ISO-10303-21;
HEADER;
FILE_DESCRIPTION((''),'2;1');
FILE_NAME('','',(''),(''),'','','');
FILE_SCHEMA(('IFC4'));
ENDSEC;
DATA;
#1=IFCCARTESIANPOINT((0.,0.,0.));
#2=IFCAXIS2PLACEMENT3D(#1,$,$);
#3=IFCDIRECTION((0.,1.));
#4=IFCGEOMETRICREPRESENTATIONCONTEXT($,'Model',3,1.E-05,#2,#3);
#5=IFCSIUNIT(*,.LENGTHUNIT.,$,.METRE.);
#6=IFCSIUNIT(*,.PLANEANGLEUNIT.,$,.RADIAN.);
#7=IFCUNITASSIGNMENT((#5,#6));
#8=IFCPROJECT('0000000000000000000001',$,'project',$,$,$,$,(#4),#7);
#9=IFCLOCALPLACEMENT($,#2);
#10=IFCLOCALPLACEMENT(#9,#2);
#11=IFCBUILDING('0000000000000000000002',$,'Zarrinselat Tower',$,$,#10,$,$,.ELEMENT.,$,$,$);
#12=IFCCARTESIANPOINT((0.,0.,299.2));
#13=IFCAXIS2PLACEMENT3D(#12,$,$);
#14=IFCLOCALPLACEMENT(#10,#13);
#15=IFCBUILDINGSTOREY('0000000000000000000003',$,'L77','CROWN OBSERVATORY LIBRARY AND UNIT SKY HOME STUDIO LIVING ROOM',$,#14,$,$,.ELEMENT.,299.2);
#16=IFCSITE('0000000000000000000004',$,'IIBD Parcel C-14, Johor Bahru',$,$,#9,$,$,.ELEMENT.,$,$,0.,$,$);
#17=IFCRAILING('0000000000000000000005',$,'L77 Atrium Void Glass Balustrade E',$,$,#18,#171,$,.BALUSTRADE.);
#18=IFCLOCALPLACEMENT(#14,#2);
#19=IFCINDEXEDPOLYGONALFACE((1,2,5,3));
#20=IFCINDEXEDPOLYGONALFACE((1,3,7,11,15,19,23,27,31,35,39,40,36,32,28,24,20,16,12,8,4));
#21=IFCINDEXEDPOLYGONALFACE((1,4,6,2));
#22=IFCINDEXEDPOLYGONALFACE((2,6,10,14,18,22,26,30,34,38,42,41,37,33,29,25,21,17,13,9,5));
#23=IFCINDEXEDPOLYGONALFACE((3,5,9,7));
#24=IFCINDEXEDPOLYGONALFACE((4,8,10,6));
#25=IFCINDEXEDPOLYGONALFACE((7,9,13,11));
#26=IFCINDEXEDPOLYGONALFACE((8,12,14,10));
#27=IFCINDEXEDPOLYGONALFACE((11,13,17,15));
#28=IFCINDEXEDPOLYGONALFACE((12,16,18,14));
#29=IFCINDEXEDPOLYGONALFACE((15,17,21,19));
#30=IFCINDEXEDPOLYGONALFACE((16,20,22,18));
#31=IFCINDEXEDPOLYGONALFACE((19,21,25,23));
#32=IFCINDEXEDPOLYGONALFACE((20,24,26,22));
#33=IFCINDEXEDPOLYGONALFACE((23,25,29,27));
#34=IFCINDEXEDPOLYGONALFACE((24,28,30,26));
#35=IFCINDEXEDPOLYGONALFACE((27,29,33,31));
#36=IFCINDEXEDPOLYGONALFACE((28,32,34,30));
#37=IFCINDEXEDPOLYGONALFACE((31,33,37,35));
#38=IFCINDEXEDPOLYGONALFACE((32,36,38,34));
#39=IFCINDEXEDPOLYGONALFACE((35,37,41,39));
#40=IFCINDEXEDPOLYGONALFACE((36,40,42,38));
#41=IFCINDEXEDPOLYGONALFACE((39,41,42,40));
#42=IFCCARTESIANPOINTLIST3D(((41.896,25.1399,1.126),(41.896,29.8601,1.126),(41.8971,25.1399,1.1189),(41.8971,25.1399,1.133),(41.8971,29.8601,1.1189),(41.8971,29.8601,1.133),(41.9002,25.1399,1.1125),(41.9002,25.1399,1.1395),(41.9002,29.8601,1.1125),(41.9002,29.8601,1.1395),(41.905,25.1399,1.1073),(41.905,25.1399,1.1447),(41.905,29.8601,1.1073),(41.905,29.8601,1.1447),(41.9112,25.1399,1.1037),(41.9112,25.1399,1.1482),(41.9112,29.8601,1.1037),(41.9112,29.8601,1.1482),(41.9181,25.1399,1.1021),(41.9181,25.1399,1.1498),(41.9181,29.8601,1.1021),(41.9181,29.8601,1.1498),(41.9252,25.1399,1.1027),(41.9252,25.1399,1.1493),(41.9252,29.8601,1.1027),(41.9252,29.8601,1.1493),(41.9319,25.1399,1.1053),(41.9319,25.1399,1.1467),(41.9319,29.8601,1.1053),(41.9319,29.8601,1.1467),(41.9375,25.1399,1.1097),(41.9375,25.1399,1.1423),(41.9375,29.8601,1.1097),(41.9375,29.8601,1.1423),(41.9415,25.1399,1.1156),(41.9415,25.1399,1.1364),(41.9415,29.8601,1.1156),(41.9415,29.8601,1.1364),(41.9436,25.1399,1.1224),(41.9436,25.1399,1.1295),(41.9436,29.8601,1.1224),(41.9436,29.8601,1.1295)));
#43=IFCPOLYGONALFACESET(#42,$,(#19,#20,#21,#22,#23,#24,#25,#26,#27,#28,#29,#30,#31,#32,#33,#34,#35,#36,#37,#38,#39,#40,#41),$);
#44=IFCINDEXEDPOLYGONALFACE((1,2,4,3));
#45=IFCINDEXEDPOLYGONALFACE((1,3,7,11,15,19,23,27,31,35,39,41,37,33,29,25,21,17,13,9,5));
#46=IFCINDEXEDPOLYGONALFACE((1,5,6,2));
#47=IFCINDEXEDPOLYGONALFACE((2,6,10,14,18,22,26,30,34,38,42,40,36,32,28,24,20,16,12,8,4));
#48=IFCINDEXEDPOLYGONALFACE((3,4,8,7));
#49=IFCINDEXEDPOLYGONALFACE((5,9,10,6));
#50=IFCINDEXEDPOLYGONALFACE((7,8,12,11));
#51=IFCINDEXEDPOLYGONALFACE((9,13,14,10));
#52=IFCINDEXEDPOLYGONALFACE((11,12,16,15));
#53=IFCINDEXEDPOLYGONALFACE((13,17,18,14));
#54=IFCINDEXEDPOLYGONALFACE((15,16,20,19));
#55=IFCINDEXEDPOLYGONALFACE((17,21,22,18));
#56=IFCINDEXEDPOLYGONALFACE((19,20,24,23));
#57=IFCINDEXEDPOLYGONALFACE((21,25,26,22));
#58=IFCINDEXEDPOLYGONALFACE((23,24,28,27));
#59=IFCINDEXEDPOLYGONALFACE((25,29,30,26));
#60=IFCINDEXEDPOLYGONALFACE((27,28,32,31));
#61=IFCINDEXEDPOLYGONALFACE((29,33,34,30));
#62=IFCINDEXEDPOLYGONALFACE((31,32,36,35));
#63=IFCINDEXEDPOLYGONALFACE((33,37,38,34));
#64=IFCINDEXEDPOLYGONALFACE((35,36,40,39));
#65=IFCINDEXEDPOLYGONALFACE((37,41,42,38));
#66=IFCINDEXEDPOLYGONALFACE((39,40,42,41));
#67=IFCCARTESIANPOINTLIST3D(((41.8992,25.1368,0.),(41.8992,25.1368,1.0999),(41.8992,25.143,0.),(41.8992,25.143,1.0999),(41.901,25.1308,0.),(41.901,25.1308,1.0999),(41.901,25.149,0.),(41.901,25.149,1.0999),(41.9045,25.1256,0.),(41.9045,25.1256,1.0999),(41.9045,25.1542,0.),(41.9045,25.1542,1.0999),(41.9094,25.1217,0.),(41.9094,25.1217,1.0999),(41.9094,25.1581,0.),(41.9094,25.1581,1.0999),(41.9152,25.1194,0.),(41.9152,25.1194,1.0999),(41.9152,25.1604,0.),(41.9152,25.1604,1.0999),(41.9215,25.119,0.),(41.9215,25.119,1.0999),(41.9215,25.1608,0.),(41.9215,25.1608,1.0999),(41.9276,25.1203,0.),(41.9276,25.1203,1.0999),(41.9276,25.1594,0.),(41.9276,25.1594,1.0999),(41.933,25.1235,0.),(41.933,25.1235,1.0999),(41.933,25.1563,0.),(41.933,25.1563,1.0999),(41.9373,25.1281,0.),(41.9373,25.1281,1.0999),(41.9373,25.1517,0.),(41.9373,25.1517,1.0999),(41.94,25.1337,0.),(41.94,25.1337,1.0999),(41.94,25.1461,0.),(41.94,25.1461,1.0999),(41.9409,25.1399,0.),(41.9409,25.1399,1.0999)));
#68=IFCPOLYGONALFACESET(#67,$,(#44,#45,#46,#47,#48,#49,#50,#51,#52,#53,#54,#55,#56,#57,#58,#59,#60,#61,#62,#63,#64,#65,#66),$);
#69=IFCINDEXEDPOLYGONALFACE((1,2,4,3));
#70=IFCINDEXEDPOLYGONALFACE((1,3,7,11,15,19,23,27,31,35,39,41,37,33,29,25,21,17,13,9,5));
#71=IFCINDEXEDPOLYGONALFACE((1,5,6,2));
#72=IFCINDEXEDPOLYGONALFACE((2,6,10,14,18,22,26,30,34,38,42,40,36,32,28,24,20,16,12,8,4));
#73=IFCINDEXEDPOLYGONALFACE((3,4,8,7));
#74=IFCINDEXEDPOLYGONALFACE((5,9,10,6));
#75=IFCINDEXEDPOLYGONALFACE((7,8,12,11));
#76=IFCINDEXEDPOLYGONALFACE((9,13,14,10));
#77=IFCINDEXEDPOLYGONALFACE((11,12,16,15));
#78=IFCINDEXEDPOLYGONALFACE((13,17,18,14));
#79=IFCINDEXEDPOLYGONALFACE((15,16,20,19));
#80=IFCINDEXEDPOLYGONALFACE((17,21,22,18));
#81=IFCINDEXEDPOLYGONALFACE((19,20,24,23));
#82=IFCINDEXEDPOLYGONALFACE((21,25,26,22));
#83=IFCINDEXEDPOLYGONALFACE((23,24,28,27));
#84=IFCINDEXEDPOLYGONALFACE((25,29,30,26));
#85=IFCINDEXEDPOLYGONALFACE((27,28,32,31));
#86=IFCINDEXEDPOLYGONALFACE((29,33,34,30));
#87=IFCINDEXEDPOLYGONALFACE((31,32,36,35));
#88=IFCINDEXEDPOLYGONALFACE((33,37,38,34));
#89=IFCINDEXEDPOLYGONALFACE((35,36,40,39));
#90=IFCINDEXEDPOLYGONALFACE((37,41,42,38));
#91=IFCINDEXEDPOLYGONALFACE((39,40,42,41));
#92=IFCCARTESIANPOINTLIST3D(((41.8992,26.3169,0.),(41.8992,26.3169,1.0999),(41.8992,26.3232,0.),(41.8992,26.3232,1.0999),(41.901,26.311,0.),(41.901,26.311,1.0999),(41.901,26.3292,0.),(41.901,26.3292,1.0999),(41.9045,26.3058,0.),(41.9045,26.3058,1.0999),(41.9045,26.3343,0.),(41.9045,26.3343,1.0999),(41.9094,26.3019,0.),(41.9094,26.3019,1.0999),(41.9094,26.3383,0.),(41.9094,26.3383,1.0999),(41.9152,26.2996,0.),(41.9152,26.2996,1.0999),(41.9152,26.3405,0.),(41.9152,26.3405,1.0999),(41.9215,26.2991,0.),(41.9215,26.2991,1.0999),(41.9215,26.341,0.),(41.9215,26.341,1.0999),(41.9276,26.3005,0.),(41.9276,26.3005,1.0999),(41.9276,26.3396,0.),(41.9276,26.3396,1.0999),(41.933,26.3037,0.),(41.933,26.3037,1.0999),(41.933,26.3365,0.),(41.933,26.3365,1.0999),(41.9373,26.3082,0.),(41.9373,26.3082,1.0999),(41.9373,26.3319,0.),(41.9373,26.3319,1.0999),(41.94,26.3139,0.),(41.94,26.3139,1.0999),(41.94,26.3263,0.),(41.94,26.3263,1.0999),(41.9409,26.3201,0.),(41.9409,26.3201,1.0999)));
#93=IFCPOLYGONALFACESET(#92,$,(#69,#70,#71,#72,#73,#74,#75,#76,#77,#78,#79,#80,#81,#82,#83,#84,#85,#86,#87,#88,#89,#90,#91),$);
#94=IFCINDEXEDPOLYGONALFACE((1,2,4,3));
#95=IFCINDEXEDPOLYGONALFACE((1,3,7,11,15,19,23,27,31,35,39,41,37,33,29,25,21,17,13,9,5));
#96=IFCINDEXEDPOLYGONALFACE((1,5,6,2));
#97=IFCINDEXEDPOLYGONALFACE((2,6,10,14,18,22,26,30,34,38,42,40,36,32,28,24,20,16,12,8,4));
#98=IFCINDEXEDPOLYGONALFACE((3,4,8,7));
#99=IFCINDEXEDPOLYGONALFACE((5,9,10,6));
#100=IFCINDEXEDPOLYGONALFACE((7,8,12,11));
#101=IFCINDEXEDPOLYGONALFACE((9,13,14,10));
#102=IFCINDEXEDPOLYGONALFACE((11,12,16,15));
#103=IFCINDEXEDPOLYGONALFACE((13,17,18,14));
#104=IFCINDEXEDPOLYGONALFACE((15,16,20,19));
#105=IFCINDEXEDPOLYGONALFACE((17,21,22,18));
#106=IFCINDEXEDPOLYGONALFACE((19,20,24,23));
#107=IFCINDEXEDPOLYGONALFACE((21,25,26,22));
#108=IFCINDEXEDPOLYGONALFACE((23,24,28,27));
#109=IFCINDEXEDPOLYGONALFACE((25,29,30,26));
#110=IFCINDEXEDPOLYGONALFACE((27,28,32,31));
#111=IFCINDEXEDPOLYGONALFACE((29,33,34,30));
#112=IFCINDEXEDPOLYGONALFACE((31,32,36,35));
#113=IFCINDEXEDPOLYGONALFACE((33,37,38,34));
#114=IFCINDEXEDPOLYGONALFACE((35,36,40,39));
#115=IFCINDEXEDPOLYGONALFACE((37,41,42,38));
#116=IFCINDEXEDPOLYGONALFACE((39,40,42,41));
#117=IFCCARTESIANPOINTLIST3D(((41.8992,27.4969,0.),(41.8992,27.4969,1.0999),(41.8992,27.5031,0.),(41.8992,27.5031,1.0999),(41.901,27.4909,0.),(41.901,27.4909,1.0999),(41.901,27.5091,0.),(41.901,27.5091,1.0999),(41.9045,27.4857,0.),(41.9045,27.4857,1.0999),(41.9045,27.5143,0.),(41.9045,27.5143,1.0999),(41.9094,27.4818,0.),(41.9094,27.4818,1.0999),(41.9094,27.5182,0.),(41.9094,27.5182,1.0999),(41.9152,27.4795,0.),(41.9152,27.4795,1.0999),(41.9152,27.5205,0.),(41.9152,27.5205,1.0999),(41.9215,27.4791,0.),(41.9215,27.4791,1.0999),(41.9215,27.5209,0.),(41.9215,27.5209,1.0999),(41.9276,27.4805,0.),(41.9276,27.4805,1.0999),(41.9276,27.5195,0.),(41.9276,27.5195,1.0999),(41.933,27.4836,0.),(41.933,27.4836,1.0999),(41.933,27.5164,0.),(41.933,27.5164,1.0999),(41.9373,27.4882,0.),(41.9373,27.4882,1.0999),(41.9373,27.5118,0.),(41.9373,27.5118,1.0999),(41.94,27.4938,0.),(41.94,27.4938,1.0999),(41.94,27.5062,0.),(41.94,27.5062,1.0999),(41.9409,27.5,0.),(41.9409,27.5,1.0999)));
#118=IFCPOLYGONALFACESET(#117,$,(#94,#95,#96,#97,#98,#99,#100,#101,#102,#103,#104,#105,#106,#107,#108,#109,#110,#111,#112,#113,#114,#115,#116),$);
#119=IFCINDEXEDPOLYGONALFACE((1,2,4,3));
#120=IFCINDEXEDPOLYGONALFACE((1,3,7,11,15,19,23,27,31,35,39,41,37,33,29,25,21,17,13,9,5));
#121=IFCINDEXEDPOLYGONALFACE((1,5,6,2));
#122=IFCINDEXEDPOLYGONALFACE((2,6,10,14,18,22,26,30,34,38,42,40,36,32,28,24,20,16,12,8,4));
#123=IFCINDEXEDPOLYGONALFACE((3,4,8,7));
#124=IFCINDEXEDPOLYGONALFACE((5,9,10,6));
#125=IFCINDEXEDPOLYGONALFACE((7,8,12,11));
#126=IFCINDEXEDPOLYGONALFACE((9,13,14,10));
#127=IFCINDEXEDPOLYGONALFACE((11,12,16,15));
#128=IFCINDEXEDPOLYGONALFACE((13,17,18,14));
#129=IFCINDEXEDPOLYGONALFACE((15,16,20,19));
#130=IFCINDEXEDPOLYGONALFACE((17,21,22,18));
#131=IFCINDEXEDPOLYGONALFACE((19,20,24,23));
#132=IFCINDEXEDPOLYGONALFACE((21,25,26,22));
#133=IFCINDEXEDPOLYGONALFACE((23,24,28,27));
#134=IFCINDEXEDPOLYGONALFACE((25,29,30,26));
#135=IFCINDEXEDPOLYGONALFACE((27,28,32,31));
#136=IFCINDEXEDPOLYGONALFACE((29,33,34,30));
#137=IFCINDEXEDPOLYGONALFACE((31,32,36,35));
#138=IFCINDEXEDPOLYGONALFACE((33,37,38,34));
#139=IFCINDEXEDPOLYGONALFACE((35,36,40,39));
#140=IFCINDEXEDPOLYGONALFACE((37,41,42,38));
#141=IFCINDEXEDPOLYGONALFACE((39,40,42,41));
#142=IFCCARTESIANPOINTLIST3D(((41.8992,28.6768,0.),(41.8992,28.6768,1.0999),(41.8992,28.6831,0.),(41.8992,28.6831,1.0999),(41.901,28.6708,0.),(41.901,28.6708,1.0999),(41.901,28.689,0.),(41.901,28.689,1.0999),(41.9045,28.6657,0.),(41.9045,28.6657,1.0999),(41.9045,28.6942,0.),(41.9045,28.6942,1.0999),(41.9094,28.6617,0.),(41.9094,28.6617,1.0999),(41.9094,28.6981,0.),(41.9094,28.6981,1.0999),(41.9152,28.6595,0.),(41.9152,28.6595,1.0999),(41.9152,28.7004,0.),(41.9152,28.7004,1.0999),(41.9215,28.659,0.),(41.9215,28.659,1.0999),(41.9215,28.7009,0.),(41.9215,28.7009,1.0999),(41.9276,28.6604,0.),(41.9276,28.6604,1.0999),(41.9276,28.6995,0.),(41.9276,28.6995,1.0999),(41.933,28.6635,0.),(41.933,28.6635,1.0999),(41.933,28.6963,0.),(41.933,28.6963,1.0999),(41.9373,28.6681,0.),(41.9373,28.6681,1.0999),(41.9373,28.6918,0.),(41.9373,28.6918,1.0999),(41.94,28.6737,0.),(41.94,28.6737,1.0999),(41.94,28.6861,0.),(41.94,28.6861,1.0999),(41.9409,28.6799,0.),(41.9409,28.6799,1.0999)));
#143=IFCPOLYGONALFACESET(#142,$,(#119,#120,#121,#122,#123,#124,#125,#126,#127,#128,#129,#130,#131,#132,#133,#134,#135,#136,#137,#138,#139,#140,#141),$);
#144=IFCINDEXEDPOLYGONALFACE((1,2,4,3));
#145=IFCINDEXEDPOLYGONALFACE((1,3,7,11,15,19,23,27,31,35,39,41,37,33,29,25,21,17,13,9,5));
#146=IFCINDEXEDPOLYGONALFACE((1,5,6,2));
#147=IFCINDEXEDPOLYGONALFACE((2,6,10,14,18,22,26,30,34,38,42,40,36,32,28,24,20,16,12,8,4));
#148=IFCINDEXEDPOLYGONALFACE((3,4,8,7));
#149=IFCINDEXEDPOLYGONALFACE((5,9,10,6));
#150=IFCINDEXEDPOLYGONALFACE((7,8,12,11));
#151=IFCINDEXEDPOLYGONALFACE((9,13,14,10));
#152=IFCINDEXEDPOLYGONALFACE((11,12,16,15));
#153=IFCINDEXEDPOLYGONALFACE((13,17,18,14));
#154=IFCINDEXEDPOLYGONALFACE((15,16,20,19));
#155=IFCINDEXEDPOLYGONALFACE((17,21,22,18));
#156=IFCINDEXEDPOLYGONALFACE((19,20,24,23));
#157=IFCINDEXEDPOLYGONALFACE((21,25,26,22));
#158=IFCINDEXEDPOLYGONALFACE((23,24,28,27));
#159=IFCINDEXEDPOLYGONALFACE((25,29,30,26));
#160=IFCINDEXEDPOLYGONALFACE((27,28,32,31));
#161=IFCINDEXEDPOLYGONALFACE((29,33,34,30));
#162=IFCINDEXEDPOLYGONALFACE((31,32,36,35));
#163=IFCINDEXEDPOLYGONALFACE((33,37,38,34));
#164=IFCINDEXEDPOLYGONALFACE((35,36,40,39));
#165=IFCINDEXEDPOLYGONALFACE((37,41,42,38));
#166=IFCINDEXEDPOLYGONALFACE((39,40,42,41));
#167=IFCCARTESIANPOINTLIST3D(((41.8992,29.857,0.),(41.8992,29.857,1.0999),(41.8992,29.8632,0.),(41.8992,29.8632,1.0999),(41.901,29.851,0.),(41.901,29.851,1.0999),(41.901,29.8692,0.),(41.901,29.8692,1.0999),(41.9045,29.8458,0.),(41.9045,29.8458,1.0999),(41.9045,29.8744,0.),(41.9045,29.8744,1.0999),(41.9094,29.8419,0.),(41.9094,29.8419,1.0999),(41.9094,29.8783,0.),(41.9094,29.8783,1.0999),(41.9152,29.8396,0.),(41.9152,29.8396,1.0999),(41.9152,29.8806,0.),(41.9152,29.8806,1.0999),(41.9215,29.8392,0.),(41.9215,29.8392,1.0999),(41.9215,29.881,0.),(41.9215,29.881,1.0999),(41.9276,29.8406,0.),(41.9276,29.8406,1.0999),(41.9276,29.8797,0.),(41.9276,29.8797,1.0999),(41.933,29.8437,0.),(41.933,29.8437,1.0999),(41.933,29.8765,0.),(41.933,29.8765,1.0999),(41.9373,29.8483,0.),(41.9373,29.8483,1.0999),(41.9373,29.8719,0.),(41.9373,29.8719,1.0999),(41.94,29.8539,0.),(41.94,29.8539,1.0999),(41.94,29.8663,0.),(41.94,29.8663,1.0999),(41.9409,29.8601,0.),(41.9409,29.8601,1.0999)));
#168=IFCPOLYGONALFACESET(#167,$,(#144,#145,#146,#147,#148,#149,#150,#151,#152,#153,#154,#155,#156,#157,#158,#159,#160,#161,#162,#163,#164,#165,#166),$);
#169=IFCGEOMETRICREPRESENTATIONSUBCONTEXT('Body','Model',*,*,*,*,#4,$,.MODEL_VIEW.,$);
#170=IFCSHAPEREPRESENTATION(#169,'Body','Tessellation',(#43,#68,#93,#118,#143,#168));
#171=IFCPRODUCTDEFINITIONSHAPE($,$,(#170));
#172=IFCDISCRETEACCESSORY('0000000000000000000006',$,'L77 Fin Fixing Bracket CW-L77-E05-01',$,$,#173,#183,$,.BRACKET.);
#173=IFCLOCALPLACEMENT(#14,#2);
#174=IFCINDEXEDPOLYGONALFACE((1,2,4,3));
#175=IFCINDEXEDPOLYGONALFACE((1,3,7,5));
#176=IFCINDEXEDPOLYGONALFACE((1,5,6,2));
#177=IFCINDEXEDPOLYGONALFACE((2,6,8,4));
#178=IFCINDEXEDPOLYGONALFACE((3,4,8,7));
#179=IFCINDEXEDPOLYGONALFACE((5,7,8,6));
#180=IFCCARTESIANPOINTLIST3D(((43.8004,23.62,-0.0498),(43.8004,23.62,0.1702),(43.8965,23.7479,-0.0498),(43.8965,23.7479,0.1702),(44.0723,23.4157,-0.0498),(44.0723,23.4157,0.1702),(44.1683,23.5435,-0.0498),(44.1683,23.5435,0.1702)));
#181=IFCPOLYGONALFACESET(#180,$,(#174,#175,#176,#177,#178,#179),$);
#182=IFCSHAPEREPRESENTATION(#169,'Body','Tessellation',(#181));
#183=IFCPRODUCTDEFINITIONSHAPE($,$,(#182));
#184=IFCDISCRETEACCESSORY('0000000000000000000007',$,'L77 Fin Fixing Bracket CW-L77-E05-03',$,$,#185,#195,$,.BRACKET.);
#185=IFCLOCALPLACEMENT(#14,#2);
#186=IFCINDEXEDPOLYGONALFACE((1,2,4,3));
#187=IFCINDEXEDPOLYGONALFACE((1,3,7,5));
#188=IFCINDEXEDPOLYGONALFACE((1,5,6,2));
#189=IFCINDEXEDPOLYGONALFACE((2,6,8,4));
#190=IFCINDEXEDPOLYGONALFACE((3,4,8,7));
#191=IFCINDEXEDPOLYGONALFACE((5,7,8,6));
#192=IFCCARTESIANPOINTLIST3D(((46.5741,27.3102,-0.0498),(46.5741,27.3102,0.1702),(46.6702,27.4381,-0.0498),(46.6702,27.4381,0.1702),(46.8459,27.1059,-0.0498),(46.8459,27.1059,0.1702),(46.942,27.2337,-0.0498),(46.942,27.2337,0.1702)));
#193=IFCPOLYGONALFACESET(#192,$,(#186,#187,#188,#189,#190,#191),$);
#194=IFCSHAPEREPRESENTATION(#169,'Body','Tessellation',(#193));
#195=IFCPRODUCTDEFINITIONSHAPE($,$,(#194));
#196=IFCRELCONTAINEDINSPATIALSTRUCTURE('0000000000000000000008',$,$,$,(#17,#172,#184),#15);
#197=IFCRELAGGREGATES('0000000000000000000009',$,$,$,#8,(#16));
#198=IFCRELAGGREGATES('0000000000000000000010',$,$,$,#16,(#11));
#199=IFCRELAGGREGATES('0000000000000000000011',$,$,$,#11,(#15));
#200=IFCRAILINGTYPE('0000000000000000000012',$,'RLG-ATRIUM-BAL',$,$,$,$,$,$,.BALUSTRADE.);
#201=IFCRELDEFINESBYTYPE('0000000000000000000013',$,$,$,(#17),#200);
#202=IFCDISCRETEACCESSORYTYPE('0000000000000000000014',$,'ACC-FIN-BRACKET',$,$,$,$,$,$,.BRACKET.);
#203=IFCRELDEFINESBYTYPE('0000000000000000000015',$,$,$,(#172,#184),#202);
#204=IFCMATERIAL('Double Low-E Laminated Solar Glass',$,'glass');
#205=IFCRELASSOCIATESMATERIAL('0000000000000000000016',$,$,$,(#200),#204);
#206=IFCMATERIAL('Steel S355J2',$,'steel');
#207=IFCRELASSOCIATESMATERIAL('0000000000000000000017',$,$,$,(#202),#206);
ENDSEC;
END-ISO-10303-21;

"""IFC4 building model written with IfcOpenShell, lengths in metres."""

from ifc_helpers import new_model, si_unit, direction, frame, origin, origin_2d, place, context, subcontext, project, spatial, rectangle, circle, extrude, material, type_object, element, save


model = new_model("IFC4")

# Units and contexts
model_context = context("Model", 3, precision=1e-05, world=origin(), true_north=direction((0.0, 1.0)))
body_context = subcontext(model_context, "Body", "Model", "MODEL_VIEW")
ifc_project = project(units=[si_unit("LENGTHUNIT", "METRE"), si_unit("PLANEANGLEUNIT", "RADIAN")], contexts=[model_context])

# Site, building, storey
site_placement = place(None, origin())
site = spatial("IfcSite", under=ifc_project, at=site_placement, Name="IIBD Parcel C-14, Johor Bahru", CompositionType="ELEMENT", RefElevation=0.0)
building_placement = place(site_placement, origin())
building = spatial("IfcBuilding", under=site, at=building_placement, Name="Zarrinselat Tower", CompositionType="ELEMENT")
storey_placement = place(building_placement, frame((0.0, 0.0, 299.2)))
storey = spatial("IfcBuildingStorey", under=building, at=storey_placement, Name="L77", Description="CROWN OBSERVATORY LIBRARY AND UNIT SKY HOME STUDIO LIVING ROOM", CompositionType="ELEMENT", Elevation=299.2)

# Railing
ifc_material_1 = material(Name="Double Low-E Laminated Solar Glass", Category="glass")
railing_type = type_object("IfcRailingType", Name="RLG-ATRIUM-BAL", PredefinedType="BALUSTRADE", material=ifc_material_1)
railing_placement = place(storey_placement, frame((41.9199, 25.1399, 0.0)))
element("IfcRailing", 1, at=railing_placement, inside=storey, type_object=railing_type, Name="L77 Atrium Void Glass Balustrade E", PredefinedType="BALUSTRADE", context=body_context, shape_type="SweptSolid", body=[
    extrude(circle(Radius=0.0239, at=origin_2d()), frame((0.0, 0.0, 1.126), z_axis=(0.0, 1.0, 0.0), x_axis=(-1.0, 0.0, 0.0)), (0.0, 0.0, 1.0), 4.7202),
    extrude(circle(Radius=0.021, at=origin_2d()), origin(), (0.0, 0.0, 1.0), 1.0999),
    extrude(circle(Radius=0.021, at=origin_2d()), frame((0.0, 1.1802, 0.0)), (0.0, 0.0, 1.0), 1.0999),
    extrude(circle(Radius=0.021, at=origin_2d()), frame((0.0, 2.3601, 0.0)), (0.0, 0.0, 1.0), 1.0999),
    extrude(circle(Radius=0.021, at=origin_2d()), frame((0.0, 3.54, 0.0)), (0.0, 0.0, 1.0), 1.0999),
    extrude(circle(Radius=0.021, at=origin_2d()), frame((0.0, 4.7202, 0.0)), (0.0, 0.0, 1.0), 1.0999),
])

# Discrete accessories
ifc_material_2 = material(Name="Steel S355J2", Category="steel")
discrete_accessory_type = type_object("IfcDiscreteAccessoryType", Name="ACC-FIN-BRACKET", PredefinedType="BRACKET", material=ifc_material_2)
for number, where, z_axis, x_axis, name in (
    (2, (43.9844, 23.5818, -0.0498), (0.0, 0.0, 1.0), (0.799363, -0.600848, 0.0), "L77 Fin Fixing Bracket CW-L77-E05-01"),
    (3, (46.7581, 27.272, -0.0498), (0.0, 0.0, 1.0), (0.799363, -0.600848, 0.0), "L77 Fin Fixing Bracket CW-L77-E05-03"),
):
    element("IfcDiscreteAccessory", number, at=place(storey_placement, frame(where, z_axis=z_axis, x_axis=x_axis)), inside=storey, type_object=discrete_accessory_type, Name=name, PredefinedType="BRACKET", context=body_context, shape_type="SweptSolid", body=[
        extrude(rectangle(XDim=0.3401, YDim=0.1599, at=origin_2d()), origin(), (0.0, 0.0, 1.0), 0.22),
    ])

save(model, "model.ifc")
